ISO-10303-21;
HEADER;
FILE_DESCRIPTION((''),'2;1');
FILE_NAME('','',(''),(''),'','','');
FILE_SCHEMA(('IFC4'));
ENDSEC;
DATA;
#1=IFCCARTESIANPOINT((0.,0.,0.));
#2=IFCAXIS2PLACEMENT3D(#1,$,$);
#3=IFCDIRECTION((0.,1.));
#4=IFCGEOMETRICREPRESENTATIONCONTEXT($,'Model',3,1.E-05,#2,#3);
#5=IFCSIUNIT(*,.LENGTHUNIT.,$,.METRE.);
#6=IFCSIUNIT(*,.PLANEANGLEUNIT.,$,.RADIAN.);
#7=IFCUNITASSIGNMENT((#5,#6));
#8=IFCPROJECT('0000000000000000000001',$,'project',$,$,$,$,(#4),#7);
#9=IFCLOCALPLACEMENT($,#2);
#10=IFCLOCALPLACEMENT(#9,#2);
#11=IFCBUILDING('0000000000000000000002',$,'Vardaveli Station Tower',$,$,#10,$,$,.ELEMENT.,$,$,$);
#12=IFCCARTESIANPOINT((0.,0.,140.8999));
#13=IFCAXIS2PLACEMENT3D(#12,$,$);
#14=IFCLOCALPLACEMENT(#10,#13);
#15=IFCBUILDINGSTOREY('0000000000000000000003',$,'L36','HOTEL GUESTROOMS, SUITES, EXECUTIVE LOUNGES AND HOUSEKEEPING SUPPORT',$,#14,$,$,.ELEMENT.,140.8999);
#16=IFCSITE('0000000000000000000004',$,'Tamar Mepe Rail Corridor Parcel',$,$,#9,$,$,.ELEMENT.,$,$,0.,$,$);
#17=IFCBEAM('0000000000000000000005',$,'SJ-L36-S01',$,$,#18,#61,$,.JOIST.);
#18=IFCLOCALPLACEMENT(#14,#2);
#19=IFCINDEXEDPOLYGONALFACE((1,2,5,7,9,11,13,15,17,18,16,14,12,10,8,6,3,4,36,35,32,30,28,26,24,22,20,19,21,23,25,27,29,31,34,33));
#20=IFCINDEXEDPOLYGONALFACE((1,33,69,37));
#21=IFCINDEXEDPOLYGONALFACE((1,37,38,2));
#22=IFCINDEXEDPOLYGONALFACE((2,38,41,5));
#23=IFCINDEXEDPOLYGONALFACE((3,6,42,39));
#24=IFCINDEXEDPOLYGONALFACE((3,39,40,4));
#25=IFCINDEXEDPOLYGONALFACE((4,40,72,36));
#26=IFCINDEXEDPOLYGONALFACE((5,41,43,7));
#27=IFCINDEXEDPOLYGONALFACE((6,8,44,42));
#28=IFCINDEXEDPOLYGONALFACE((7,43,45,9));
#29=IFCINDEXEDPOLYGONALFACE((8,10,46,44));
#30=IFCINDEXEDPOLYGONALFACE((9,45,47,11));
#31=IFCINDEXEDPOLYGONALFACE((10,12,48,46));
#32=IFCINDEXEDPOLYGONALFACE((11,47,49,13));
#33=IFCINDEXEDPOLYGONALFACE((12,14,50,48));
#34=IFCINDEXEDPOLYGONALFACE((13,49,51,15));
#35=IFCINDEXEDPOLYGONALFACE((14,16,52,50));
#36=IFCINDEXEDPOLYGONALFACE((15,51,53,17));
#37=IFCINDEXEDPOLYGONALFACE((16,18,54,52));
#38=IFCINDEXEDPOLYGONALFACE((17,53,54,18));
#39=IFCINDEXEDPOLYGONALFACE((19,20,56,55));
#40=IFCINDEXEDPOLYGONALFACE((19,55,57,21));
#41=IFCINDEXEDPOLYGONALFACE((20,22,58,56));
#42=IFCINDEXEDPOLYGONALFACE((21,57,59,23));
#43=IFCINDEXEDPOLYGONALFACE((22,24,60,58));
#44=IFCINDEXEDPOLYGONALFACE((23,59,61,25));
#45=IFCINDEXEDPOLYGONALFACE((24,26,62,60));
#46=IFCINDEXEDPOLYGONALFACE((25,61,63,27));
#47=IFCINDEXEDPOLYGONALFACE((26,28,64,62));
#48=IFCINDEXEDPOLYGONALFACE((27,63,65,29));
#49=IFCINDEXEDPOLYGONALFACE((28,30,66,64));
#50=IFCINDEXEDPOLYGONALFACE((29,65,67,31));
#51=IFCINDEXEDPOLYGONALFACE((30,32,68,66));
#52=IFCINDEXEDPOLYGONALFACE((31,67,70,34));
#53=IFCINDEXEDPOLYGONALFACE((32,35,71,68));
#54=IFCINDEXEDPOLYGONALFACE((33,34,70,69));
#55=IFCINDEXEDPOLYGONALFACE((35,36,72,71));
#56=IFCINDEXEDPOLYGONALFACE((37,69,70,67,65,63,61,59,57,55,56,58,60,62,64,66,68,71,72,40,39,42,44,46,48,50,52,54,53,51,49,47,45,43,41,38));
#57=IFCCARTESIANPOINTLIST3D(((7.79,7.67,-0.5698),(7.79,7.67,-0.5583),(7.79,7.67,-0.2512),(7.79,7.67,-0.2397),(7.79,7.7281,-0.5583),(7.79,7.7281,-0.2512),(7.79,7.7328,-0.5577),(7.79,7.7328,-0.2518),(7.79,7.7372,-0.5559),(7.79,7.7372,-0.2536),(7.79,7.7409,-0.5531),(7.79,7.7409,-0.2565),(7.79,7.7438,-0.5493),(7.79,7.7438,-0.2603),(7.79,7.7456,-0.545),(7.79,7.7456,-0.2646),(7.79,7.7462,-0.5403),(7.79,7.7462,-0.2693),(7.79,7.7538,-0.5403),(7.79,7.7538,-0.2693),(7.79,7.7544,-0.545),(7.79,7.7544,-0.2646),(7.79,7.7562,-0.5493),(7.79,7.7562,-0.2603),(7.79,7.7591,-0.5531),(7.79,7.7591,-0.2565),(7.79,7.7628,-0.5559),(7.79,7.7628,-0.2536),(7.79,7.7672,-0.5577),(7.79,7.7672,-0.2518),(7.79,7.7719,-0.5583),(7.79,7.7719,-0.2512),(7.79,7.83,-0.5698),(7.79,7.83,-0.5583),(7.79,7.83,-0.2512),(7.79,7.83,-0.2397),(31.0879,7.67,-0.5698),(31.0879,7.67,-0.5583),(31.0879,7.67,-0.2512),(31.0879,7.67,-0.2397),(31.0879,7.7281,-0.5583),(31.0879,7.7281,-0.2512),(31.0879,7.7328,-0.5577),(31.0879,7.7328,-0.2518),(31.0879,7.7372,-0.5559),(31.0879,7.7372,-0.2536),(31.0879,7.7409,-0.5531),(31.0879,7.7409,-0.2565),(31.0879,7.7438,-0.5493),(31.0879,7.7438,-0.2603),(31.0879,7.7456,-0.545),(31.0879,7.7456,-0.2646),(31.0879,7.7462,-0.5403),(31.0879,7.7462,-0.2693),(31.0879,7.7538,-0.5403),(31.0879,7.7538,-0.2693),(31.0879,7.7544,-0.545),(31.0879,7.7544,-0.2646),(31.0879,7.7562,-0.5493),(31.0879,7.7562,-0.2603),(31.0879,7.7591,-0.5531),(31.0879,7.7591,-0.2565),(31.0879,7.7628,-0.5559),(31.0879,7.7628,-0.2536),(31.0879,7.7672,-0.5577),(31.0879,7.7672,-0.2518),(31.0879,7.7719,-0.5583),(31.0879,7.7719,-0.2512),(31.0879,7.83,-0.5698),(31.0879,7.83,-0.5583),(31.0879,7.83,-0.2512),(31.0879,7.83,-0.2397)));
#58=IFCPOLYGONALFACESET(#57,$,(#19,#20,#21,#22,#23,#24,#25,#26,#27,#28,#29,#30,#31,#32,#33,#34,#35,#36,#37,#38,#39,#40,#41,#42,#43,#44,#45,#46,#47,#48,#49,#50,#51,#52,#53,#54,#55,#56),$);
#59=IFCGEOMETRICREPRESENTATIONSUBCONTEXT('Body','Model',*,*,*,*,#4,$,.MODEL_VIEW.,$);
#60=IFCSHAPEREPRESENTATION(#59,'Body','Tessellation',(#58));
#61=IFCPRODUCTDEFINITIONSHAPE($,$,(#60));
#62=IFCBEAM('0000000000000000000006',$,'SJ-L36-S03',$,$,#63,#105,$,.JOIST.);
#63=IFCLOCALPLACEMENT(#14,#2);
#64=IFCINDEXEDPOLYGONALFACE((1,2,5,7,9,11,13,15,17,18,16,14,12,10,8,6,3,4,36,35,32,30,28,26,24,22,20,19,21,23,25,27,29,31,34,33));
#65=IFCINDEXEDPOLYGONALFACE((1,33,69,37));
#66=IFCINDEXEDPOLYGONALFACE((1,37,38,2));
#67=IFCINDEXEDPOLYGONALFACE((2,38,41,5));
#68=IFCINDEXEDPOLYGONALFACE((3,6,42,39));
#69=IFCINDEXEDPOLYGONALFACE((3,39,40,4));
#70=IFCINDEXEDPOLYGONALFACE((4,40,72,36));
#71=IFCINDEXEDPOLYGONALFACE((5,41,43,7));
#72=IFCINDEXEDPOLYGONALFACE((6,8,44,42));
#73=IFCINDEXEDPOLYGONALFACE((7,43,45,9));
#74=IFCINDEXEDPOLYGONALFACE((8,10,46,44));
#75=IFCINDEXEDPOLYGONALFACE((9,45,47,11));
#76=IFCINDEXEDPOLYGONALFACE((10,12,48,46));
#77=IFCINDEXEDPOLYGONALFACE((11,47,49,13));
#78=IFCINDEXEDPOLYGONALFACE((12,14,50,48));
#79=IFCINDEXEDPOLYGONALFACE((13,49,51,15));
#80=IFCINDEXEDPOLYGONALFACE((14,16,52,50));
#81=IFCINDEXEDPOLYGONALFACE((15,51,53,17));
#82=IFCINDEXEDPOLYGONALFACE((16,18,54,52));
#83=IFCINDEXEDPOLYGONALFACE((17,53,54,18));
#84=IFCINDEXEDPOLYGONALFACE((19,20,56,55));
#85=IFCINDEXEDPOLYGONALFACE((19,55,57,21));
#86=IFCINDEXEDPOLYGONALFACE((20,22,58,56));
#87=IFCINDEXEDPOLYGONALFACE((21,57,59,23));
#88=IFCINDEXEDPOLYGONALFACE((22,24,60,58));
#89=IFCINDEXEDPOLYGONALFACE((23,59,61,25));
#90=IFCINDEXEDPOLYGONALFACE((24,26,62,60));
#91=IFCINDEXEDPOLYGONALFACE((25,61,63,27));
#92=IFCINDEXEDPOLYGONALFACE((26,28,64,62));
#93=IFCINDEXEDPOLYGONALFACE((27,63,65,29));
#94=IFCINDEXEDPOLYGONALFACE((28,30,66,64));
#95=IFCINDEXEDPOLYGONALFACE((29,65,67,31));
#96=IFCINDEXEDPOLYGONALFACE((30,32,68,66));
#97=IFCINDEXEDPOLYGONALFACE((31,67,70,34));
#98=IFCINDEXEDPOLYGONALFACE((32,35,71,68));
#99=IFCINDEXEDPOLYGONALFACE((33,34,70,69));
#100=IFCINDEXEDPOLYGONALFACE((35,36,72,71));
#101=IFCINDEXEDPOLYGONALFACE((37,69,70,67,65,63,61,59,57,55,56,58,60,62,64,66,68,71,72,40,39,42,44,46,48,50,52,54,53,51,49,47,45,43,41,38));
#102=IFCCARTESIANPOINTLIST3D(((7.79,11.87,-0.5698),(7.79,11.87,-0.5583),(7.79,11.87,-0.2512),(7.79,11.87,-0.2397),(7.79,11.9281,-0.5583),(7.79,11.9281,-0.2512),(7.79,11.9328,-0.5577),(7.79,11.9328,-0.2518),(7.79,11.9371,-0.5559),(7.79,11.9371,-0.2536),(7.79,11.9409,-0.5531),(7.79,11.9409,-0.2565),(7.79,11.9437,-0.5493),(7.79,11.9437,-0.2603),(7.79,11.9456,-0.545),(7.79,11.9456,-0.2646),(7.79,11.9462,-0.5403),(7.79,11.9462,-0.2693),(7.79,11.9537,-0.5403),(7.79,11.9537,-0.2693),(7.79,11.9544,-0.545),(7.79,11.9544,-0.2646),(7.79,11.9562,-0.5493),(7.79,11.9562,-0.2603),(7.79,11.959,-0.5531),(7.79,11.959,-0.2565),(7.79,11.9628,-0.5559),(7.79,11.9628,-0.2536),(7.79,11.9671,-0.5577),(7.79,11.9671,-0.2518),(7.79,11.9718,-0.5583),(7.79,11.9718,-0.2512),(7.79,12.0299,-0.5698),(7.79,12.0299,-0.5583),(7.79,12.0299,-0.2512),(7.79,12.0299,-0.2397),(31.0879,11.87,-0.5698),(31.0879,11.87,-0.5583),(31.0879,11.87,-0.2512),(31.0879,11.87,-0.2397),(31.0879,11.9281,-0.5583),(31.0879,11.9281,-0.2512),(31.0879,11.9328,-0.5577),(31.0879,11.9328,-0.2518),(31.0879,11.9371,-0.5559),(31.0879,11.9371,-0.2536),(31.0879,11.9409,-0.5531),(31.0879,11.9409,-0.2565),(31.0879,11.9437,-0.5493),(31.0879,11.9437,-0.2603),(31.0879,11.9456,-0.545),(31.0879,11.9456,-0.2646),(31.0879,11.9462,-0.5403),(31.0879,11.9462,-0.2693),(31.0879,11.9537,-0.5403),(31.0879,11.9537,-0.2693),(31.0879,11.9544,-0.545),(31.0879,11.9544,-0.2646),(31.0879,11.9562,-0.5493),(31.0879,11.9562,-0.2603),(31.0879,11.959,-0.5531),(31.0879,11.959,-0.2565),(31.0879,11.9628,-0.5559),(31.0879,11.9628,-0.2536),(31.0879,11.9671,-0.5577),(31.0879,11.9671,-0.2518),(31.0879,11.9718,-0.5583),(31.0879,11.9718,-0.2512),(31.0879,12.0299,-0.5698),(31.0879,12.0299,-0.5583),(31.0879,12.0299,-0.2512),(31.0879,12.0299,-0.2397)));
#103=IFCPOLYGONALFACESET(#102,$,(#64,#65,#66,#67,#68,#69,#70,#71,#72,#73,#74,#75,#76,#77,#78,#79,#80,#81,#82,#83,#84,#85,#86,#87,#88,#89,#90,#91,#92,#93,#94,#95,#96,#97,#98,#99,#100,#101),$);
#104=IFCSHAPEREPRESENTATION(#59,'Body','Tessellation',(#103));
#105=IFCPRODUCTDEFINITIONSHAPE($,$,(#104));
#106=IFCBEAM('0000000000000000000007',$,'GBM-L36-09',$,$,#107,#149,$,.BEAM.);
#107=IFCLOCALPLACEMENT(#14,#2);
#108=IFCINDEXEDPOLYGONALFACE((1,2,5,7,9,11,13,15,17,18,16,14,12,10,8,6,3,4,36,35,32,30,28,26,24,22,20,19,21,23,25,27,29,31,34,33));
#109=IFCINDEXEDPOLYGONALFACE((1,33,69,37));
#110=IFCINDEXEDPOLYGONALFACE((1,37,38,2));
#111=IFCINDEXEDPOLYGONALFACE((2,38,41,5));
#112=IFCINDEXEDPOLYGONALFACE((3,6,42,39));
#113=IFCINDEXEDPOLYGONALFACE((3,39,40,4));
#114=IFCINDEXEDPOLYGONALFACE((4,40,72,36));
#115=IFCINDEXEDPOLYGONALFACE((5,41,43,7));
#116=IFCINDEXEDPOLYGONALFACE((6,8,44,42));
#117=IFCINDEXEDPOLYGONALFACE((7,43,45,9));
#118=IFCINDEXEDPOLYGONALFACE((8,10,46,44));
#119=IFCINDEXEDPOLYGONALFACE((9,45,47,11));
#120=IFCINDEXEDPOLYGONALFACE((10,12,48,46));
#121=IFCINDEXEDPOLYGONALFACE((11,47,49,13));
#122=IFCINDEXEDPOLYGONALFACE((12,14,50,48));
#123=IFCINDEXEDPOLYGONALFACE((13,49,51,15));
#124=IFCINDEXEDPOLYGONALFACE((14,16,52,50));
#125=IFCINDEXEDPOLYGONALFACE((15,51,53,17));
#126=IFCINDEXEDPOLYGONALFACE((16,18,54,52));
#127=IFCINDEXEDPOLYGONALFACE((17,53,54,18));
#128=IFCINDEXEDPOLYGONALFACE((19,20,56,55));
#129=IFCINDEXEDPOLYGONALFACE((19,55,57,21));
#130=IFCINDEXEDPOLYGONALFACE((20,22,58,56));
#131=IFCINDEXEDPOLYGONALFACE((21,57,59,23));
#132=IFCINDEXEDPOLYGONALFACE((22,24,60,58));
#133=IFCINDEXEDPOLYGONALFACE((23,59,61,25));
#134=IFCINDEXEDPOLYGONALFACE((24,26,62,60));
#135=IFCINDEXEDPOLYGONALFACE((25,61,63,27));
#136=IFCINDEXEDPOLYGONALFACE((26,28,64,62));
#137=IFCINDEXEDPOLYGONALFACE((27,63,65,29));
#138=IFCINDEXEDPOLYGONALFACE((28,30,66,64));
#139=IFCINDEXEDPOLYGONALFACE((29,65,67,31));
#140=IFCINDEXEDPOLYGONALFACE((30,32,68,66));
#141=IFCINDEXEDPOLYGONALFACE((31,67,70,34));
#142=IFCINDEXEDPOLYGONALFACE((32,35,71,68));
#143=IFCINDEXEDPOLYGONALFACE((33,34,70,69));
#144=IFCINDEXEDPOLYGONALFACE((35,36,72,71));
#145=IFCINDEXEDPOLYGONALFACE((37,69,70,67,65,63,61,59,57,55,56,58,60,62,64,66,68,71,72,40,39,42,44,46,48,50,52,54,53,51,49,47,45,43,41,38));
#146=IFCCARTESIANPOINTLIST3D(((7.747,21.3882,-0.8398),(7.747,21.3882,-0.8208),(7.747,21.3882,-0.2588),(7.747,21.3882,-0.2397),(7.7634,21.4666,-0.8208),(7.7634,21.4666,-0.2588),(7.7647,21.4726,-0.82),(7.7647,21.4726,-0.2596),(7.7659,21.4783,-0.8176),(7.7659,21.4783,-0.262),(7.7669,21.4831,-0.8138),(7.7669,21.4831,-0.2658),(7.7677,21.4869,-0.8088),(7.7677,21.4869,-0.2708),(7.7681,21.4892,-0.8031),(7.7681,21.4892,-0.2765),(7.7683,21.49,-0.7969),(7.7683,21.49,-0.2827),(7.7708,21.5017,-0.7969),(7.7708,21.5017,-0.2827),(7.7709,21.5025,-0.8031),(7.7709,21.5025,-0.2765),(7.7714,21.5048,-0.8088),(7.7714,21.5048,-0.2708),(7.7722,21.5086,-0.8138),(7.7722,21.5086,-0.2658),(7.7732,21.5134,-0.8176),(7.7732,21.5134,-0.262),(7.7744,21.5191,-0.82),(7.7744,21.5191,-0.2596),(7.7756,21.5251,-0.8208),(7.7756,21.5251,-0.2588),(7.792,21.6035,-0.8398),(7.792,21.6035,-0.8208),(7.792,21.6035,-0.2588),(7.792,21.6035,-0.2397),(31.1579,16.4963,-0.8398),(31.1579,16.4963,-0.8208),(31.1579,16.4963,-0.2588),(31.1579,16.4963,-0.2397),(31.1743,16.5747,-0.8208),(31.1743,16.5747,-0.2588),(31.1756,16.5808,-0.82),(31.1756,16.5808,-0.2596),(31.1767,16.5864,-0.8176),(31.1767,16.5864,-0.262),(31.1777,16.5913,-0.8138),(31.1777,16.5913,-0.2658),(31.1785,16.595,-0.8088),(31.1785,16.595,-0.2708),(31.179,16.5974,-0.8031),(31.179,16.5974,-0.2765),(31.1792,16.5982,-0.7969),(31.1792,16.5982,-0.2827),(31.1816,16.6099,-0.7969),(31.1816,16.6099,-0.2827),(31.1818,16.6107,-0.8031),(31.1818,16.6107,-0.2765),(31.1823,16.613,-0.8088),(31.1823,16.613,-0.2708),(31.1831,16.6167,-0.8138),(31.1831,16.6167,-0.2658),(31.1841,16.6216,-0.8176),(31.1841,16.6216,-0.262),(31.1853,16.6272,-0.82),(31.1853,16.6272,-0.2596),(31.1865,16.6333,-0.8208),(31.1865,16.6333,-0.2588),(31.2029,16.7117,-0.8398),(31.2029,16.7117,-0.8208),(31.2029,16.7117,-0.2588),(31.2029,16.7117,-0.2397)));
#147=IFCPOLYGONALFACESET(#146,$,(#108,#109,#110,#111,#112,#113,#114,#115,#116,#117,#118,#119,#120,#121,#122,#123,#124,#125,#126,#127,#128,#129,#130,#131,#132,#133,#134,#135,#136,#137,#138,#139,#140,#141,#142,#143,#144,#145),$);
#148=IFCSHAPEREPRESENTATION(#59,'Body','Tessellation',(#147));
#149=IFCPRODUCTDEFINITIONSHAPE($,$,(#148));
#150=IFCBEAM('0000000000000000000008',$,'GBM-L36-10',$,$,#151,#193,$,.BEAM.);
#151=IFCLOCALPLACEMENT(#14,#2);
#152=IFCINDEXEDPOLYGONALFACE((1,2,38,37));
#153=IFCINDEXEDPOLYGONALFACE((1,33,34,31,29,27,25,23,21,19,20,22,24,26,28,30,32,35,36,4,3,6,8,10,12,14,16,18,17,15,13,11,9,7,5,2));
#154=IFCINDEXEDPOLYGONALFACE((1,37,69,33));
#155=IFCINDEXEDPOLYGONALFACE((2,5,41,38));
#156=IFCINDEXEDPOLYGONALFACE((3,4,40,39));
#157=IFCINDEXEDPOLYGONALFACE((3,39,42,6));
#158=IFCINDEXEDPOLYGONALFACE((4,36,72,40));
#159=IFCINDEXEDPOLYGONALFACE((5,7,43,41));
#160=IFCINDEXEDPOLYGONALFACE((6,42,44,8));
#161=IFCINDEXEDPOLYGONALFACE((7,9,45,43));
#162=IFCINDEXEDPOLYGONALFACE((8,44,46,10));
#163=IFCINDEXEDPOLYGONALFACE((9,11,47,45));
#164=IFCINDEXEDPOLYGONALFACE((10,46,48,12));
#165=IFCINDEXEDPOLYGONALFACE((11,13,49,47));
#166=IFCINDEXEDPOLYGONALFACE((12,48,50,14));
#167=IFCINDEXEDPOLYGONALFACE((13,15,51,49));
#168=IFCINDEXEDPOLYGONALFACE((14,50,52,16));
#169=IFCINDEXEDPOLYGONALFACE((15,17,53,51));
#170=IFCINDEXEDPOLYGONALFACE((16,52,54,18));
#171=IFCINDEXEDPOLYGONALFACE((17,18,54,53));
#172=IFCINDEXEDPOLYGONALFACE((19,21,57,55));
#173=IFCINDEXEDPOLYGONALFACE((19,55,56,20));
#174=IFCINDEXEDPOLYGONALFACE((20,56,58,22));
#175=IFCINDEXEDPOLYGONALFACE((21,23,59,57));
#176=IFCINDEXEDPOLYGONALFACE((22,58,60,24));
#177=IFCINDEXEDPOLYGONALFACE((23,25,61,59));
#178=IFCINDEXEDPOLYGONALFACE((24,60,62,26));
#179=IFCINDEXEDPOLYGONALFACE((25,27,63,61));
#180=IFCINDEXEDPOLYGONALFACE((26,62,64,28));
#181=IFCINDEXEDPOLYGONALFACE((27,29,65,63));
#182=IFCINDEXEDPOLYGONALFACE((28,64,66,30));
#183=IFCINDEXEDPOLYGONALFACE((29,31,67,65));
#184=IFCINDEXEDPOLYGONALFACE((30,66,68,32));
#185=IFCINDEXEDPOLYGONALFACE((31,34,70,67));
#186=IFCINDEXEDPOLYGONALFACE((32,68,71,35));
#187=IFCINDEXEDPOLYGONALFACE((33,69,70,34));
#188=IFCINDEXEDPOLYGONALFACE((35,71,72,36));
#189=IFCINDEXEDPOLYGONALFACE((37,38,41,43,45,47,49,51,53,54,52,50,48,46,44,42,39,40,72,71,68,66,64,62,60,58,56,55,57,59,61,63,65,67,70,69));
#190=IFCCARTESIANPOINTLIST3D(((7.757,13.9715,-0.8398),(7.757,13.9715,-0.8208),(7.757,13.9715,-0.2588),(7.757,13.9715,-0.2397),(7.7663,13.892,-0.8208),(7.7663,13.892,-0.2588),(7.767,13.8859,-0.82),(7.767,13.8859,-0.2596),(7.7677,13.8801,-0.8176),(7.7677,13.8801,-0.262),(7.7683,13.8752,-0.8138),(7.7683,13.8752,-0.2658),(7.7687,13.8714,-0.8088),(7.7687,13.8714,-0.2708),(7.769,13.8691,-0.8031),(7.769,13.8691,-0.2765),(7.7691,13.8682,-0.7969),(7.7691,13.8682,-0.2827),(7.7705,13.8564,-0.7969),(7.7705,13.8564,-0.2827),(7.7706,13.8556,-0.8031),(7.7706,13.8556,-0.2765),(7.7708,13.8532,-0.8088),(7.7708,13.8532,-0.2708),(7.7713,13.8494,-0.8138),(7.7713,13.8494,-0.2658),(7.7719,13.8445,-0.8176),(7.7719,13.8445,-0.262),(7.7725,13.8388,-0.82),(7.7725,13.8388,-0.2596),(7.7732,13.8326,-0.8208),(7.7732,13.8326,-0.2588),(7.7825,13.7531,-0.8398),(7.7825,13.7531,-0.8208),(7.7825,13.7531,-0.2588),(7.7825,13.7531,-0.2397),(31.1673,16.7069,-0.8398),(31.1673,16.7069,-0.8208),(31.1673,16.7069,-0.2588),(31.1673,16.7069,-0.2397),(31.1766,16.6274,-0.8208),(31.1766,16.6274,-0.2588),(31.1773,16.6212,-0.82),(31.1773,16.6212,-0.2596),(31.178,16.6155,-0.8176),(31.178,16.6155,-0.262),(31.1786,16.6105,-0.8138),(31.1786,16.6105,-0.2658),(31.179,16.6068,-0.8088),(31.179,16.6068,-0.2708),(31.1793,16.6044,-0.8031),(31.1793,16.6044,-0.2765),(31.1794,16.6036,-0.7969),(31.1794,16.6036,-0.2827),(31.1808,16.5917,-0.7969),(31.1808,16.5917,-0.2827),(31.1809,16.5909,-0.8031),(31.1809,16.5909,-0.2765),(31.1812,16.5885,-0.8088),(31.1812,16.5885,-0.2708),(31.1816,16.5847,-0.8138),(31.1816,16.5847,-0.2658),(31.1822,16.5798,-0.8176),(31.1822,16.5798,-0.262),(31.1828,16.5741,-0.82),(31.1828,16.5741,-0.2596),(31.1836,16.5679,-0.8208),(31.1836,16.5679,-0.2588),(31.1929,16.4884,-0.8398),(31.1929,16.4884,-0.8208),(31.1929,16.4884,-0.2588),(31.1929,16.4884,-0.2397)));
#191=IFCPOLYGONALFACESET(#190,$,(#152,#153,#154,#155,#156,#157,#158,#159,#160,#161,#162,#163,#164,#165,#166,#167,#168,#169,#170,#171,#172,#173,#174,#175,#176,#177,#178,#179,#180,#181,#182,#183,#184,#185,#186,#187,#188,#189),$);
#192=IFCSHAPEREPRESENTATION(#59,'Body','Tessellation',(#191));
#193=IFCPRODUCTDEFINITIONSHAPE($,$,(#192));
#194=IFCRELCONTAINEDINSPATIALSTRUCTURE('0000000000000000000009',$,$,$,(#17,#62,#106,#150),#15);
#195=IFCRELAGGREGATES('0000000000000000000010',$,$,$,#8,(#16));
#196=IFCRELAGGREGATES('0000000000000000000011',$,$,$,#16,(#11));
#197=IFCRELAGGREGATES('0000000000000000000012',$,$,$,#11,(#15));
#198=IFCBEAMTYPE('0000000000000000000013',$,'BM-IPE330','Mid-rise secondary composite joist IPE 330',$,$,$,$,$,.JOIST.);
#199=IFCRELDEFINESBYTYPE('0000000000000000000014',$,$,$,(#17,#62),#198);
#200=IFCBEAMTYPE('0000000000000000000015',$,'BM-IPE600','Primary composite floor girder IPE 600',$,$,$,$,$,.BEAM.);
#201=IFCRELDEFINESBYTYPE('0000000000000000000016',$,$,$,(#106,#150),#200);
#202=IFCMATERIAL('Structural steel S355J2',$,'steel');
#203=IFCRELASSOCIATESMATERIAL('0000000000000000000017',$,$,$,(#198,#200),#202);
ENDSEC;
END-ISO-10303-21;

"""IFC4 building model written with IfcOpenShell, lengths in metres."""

from ifc_helpers import new_model, si_unit, direction, frame, origin, origin_2d, place, context, subcontext, project, spatial, i_section, extrude, source, transform, mapped, material, material_profile, profile_set, type_object, element, save


model = new_model("IFC4")

# Units and contexts
model_context = context("Model", 3, precision=1e-05, world=origin(), true_north=direction((0.0, 1.0)))
body_context = subcontext(model_context, "Body", "Model", "MODEL_VIEW")
ifc_project = project(units=[si_unit("LENGTHUNIT", "METRE"), si_unit("PLANEANGLEUNIT", "RADIAN")], contexts=[model_context])

# Site, building, storey
site_placement = place(None, origin())
site = spatial("IfcSite", under=ifc_project, at=site_placement, Name="Tamar Mepe Rail Corridor Parcel", CompositionType="ELEMENT", RefElevation=0.0)
building_placement = place(site_placement, origin())
building = spatial("IfcBuilding", under=site, at=building_placement, Name="Vardaveli Station Tower", CompositionType="ELEMENT")
storey_placement = place(building_placement, frame((0.0, 0.0, 140.8999)))
storey = spatial("IfcBuildingStorey", under=building, at=storey_placement, Name="L36", Description="HOTEL GUESTROOMS, SUITES, EXECUTIVE LOUNGES AND HOUSEKEEPING SUPPORT", CompositionType="ELEMENT", Elevation=140.8999)

# Beams
ifc_material_1 = material(Name="Structural steel S355J2", Category="steel")
ifc_material_profile_1 = material_profile(ifc_material_1, i_section(OverallWidth=0.1599, OverallDepth=0.3301, WebThickness=0.0076, FlangeThickness=0.0115, FilletRadius=0.0181, at=origin_2d()), Name="IPE 330")
ifc_profile_set_1 = profile_set([ifc_material_profile_1], Name="Structural steel S355J2")
beam_type_1 = type_object("IfcBeamType", Name="BM-IPE330", Description="Mid-rise secondary composite joist IPE 330", PredefinedType="JOIST", material=ifc_profile_set_1)
shared_shape_1 = source(origin(), body_context, "Body", "SweptSolid", [
    extrude(i_section(OverallWidth=0.1599, OverallDepth=0.3301, WebThickness=0.0076, FlangeThickness=0.0115, FilletRadius=0.0181, at=origin_2d()), origin(), (0.0, 0.0, 1.0), 23.2979),
])
for number, where, z_axis, x_axis, name in (
    (1, (7.79, 7.75, -0.4048), (1.0, 0.0, 0.0), (0.0, 1.0, 0.0), "SJ-L36-S01"),
    (2, (7.79, 11.95, -0.4048), (1.0, 0.0, 0.0), (0.0, 1.0, 0.0), "SJ-L36-S03"),
):
    element("IfcBeam", number, at=place(storey_placement, frame(where, z_axis=z_axis, x_axis=x_axis)), inside=storey, type_object=beam_type_1, Name=name, PredefinedType="JOIST", context=body_context, shape_type="MappedRepresentation", body=[
        mapped(shared_shape_1, transform((0.0, 0.0, 0.0), scale=1.0)),
    ])
ifc_material_profile_2 = material_profile(ifc_material_1, i_section(OverallWidth=0.22, OverallDepth=0.6001, WebThickness=0.012, FlangeThickness=0.019, FilletRadius=0.0239, at=origin_2d()), Name="IPE 600")
ifc_profile_set_2 = profile_set([ifc_material_profile_2], Name="Structural steel S355J2")
beam_type_2 = type_object("IfcBeamType", Name="BM-IPE600", Description="Primary composite floor girder IPE 600", PredefinedType="BEAM", material=ifc_profile_set_2)
shared_shape_2 = source(origin(), body_context, "Body", "SweptSolid", [
    extrude(i_section(OverallWidth=0.22, OverallDepth=0.6001, WebThickness=0.012, FlangeThickness=0.019, FilletRadius=0.0239, at=origin_2d()), origin(), (0.0, 0.0, 1.0), 23.9165),
])
beam_1_placement = place(storey_placement, frame((7.7695, 21.4958, -0.5398), z_axis=(0.978859, -0.204538, 0.0), x_axis=(0.204538, 0.978859, 0.0)))
element("IfcBeam", 3, at=beam_1_placement, inside=storey, type_object=beam_type_2, Name="GBM-L36-09", PredefinedType="BEAM", context=body_context, shape_type="MappedRepresentation", body=[
    mapped(shared_shape_2, transform((0.0, 0.0, 0.0), scale=1.0)),
])
shared_shape_3 = source(origin(), body_context, "Body", "SweptSolid", [
    extrude(i_section(OverallWidth=0.22, OverallDepth=0.6001, WebThickness=0.012, FlangeThickness=0.019, FilletRadius=0.0239, at=origin_2d()), origin(), (0.0, 0.0, 1.0), 23.5696),
])
beam_2_placement = place(storey_placement, frame((7.7698, 13.8623, -0.5398), z_axis=(0.993243, 0.116054, 0.0), x_axis=(-0.116054, 0.993243, 0.0)))
element("IfcBeam", 4, at=beam_2_placement, inside=storey, type_object=beam_type_2, Name="GBM-L36-10", PredefinedType="BEAM", context=body_context, shape_type="MappedRepresentation", body=[
    mapped(shared_shape_3, transform((0.0, 0.0, 0.0), scale=1.0)),
])

save(model, "model.ifc")
